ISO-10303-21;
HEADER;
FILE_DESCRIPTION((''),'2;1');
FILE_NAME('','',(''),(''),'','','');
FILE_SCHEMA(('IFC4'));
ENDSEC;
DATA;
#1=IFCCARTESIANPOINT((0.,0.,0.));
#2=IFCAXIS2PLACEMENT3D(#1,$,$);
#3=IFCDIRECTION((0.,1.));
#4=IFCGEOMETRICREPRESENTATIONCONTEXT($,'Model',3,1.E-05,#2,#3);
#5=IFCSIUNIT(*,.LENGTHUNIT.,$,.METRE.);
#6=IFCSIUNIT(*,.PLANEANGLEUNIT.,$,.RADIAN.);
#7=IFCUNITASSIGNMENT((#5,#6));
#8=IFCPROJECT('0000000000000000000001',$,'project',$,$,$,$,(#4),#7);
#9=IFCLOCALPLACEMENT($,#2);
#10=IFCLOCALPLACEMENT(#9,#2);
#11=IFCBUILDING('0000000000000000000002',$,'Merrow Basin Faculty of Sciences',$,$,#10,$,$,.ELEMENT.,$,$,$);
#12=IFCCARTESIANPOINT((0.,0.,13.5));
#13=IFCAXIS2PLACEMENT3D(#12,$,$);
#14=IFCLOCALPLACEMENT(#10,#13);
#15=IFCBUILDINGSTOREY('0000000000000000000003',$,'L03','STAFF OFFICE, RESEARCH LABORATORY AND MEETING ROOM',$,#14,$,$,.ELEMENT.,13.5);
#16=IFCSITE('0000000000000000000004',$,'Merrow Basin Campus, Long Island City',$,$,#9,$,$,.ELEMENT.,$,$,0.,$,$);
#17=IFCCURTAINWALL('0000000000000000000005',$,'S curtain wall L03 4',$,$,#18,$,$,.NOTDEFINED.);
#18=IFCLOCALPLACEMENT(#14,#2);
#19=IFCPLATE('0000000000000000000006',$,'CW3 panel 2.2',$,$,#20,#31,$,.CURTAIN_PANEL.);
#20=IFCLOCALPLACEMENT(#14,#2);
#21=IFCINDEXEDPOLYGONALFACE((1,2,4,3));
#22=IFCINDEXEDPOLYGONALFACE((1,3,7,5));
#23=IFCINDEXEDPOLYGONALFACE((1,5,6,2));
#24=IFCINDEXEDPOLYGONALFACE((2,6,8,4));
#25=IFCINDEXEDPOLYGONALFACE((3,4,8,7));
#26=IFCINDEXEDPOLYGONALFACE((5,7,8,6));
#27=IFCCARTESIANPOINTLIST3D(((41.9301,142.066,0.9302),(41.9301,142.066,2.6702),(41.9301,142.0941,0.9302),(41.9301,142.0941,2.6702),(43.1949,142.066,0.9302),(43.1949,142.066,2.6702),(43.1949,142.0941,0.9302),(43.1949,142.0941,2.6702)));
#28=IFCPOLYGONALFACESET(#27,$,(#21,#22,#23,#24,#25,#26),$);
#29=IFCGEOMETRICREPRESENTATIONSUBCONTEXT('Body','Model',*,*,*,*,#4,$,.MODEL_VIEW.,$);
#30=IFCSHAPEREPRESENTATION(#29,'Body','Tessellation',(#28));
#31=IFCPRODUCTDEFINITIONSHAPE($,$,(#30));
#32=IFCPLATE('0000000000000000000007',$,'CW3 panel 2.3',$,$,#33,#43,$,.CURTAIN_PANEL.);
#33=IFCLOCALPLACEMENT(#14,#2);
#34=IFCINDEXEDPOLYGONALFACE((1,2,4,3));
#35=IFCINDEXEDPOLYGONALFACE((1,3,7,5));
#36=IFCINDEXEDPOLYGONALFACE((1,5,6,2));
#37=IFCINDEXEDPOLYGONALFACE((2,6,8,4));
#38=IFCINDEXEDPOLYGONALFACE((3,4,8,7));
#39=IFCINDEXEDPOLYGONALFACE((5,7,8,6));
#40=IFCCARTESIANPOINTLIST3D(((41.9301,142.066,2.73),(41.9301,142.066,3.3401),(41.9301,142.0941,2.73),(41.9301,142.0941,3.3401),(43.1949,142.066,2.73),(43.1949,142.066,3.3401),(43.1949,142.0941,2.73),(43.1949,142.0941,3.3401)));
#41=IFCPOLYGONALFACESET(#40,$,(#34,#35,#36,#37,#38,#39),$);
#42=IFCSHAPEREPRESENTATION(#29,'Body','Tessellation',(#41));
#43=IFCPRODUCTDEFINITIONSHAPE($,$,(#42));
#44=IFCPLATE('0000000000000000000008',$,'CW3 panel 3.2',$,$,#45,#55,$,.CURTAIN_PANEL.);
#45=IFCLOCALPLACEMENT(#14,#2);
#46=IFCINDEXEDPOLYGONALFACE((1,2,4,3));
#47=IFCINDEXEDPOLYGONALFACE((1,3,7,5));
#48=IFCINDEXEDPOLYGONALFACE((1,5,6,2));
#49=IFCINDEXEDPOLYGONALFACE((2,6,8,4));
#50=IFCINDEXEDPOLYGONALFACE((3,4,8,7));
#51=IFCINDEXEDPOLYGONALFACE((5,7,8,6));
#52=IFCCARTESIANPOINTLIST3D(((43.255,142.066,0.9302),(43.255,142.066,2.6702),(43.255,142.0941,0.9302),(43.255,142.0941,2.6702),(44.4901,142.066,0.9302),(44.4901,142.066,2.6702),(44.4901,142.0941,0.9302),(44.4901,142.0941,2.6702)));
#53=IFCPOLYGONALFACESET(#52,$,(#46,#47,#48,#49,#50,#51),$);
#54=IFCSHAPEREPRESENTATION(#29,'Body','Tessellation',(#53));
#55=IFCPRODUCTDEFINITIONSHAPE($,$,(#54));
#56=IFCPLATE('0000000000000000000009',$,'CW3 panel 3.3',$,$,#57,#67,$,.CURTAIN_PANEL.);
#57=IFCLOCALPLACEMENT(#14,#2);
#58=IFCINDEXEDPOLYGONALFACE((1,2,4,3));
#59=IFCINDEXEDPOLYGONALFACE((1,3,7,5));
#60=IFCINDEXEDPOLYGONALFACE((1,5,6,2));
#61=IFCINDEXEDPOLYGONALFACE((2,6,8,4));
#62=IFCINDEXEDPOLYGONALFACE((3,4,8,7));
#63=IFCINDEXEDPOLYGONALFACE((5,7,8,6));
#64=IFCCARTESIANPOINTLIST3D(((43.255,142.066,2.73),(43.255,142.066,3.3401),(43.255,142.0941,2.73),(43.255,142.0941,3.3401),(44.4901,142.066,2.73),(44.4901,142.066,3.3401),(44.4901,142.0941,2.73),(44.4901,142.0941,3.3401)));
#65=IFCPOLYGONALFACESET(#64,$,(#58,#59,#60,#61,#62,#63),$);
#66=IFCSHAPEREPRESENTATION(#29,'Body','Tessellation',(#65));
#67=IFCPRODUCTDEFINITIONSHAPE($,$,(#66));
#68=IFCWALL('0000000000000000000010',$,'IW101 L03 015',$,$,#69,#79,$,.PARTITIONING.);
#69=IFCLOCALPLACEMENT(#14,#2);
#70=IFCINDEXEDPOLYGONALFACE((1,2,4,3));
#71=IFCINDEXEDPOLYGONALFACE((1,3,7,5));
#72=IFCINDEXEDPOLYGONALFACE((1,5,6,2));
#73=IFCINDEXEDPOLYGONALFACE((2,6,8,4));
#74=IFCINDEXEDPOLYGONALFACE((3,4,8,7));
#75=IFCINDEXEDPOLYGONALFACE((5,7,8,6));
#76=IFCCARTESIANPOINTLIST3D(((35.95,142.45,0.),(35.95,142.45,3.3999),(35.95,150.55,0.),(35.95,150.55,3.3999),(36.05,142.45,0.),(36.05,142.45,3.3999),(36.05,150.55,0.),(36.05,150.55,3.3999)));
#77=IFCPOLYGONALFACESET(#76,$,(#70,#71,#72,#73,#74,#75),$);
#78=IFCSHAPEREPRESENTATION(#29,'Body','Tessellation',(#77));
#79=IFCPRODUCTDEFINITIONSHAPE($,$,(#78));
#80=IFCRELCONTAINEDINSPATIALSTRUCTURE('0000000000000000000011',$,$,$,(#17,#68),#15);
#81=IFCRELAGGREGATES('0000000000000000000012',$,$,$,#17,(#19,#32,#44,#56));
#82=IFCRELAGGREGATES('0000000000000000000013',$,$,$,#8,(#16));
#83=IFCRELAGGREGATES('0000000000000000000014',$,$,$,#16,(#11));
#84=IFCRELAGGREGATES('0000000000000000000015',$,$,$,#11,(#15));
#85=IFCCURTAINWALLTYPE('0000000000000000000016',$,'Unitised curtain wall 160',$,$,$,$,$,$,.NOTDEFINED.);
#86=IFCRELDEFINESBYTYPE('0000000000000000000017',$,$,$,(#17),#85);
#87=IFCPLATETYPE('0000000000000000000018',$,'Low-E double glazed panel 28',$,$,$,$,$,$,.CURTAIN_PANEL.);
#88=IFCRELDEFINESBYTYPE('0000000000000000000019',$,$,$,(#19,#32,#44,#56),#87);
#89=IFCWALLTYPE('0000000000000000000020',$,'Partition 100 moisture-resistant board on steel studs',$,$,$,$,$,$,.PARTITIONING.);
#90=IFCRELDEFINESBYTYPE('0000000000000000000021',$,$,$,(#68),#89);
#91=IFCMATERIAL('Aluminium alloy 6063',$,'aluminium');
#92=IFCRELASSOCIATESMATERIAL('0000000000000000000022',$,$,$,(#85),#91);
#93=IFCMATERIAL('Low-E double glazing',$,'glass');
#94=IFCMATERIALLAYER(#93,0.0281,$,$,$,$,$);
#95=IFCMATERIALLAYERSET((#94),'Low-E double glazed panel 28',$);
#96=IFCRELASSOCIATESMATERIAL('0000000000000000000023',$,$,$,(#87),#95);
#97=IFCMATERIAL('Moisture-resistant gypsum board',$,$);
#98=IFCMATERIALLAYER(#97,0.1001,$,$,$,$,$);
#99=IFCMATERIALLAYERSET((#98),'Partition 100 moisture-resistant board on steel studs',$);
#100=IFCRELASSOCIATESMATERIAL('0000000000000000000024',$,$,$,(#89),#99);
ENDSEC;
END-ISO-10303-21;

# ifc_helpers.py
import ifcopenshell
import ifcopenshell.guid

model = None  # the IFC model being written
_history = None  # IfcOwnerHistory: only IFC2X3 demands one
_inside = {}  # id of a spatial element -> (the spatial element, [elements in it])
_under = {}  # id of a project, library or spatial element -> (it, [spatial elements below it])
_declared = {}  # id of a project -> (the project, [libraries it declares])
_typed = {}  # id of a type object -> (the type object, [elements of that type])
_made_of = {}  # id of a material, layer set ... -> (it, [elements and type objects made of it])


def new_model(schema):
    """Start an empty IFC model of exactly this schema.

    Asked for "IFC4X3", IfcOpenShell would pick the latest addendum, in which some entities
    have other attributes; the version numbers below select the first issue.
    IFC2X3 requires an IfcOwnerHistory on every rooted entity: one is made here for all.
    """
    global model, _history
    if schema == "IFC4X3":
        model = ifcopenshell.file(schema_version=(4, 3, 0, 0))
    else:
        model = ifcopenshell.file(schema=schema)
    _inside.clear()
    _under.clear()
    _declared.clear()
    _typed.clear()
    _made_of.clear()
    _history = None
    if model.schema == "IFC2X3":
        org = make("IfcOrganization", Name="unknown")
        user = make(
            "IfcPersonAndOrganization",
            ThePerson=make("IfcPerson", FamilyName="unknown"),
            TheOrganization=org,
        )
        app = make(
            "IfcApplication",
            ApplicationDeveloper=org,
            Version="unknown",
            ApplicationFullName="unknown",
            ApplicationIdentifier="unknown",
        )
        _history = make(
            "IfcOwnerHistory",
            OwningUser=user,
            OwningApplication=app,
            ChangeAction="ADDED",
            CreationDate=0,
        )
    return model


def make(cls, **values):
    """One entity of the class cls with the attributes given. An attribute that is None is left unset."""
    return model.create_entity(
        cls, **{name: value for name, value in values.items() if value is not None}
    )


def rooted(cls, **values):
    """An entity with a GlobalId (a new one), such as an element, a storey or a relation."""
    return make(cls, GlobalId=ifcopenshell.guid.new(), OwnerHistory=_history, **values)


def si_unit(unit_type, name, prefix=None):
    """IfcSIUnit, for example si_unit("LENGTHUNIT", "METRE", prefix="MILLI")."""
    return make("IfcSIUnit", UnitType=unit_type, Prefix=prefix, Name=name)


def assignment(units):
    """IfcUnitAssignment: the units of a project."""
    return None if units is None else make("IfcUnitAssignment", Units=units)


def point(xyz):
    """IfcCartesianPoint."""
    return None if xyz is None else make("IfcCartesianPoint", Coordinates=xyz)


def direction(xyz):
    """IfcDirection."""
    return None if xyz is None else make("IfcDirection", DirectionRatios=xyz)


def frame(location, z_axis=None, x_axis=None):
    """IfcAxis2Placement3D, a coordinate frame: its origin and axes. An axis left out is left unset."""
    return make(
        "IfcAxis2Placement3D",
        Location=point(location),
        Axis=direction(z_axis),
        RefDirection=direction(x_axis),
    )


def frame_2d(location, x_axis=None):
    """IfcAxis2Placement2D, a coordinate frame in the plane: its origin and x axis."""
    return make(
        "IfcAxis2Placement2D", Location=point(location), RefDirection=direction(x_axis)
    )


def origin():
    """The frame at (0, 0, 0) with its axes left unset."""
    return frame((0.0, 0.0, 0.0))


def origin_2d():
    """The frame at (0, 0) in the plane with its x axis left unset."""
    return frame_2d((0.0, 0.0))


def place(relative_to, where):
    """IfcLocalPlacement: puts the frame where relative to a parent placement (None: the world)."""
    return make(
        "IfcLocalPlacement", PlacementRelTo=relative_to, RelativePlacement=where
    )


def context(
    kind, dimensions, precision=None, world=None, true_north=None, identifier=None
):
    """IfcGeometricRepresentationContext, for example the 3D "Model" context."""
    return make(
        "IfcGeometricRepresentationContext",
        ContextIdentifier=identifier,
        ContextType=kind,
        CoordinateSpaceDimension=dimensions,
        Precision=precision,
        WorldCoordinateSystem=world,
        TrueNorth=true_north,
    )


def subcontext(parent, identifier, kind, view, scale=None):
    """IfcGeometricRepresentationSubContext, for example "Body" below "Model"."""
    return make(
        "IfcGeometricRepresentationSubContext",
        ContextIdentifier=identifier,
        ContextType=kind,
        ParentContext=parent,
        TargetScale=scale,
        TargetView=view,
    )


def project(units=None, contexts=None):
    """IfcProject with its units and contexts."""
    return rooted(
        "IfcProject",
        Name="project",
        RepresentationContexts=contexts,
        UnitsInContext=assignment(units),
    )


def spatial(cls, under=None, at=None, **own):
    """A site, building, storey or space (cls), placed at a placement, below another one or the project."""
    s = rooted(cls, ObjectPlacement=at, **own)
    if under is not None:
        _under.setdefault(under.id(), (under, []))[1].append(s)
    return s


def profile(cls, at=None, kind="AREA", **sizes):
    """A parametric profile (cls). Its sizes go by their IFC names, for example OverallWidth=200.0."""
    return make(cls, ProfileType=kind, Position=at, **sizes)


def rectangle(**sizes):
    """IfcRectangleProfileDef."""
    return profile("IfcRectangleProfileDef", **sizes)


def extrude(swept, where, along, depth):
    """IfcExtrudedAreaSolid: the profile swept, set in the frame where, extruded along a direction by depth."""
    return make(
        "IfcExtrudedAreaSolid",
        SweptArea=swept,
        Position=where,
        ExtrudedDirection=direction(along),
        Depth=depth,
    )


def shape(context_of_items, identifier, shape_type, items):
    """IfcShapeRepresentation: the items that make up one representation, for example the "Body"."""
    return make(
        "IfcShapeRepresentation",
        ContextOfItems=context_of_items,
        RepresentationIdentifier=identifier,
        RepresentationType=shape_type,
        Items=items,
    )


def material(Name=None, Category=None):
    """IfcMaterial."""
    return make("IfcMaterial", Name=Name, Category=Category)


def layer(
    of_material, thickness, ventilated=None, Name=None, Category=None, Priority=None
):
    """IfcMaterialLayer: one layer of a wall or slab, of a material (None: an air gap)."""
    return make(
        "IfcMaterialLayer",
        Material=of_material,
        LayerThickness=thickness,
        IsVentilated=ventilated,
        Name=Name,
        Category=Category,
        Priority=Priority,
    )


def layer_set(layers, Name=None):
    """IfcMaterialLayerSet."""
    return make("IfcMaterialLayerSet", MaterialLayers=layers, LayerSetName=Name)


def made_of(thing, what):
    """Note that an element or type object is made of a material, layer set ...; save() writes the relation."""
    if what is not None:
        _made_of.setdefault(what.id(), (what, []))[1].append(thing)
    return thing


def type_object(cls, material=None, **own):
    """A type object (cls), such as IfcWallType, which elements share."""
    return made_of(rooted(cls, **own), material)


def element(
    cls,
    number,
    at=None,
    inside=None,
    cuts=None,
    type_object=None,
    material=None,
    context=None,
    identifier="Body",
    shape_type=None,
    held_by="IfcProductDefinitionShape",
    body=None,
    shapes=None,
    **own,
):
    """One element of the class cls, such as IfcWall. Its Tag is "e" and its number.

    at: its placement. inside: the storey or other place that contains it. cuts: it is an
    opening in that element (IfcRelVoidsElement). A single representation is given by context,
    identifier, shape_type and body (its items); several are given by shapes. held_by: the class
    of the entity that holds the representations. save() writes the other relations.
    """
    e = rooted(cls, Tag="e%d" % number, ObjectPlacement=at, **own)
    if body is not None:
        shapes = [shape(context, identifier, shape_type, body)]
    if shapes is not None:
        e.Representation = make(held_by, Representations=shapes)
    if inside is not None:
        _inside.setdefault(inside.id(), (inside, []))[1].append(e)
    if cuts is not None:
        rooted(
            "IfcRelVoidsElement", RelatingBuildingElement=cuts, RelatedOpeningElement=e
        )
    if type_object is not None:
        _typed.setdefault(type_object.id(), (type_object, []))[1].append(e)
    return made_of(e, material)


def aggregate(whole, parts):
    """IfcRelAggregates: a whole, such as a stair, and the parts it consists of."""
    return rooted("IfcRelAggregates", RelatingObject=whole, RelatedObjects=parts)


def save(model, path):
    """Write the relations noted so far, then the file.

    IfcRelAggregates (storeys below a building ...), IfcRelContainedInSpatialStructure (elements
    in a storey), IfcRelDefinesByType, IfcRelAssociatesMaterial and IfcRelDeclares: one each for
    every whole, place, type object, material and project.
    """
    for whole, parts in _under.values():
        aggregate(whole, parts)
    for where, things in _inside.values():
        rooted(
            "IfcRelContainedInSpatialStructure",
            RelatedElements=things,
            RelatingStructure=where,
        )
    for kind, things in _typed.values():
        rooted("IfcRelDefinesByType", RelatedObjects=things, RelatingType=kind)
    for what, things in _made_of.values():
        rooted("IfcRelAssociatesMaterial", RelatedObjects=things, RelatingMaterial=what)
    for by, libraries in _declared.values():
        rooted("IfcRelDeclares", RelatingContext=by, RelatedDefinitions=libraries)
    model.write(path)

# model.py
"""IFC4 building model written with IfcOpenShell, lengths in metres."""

from ifc_helpers import new_model, si_unit, direction, frame, frame_2d, origin, origin_2d, place, context, subcontext, project, spatial, rectangle, extrude, material, layer, layer_set, type_object, element, aggregate, save


model = new_model("IFC4")

# Units and contexts
model_context = context("Model", 3, precision=1e-05, world=origin(), true_north=direction((0.0, 1.0)))
body_context = subcontext(model_context, "Body", "Model", "MODEL_VIEW")
ifc_project = project(units=[si_unit("LENGTHUNIT", "METRE"), si_unit("PLANEANGLEUNIT", "RADIAN")], contexts=[model_context])

# Site, building, storey
site_placement = place(None, origin())
site = spatial("IfcSite", under=ifc_project, at=site_placement, Name="Merrow Basin Campus, Long Island City", CompositionType="ELEMENT", RefElevation=0.0)
building_placement = place(site_placement, origin())
building = spatial("IfcBuilding", under=site, at=building_placement, Name="Merrow Basin Faculty of Sciences", CompositionType="ELEMENT")
storey_placement = place(building_placement, frame((0.0, 0.0, 13.5)))
storey = spatial("IfcBuildingStorey", under=building, at=storey_placement, Name="L03", Description="STAFF OFFICE, RESEARCH LABORATORY AND MEETING ROOM", CompositionType="ELEMENT", Elevation=13.5)

# Curtain wall
ifc_material_1 = material(Name="Aluminium alloy 6063", Category="aluminium")
curtain_wall_type = type_object("IfcCurtainWallType", Name="Unitised curtain wall 160", PredefinedType="NOTDEFINED", material=ifc_material_1)
curtain_wall_placement = place(storey_placement, origin())
curtain_wall = element("IfcCurtainWall", 1, at=curtain_wall_placement, inside=storey, type_object=curtain_wall_type, Name="S curtain wall L03 4", PredefinedType="NOTDEFINED")

# Plates
ifc_material_2 = material(Name="Low-E double glazing", Category="glass")
ifc_layer_1 = layer(ifc_material_2, 0.0281)
ifc_layer_set_1 = layer_set([ifc_layer_1], Name="Low-E double glazed panel 28")
plate_type_1 = type_object("IfcPlateType", Name="Low-E double glazed panel 28", PredefinedType="CURTAIN_PANEL", material=ifc_layer_set_1)
plate_1_placement = place(storey_placement, frame((42.5625, 142.0801, 0.9302), z_axis=(0.0, 0.0, 1.0), x_axis=(1.0, 0.0, 0.0)))
plate_1 = element("IfcPlate", 2, at=plate_1_placement, type_object=plate_type_1, Name="CW3 panel 2.2", PredefinedType="CURTAIN_PANEL", context=body_context, shape_type="SweptSolid", body=[
    extrude(rectangle(XDim=1.2649, YDim=0.0281, at=origin_2d()), origin(), (0.0, 0.0, 1.0), 1.74),
])
plate_2_placement = place(storey_placement, frame((42.5625, 142.0801, 2.73), z_axis=(0.0, 0.0, 1.0), x_axis=(1.0, 0.0, 0.0)))
plate_2 = element("IfcPlate", 3, at=plate_2_placement, type_object=plate_type_1, Name="CW3 panel 2.3", PredefinedType="CURTAIN_PANEL", context=body_context, shape_type="SweptSolid", body=[
    extrude(rectangle(XDim=1.2649, YDim=0.0281, at=origin_2d()), origin(), (0.0, 0.0, 1.0), 0.6101),
])
plate_3_placement = place(storey_placement, frame((43.8726, 142.0801, 0.9302), z_axis=(0.0, 0.0, 1.0), x_axis=(1.0, 0.0, 0.0)))
plate_3 = element("IfcPlate", 4, at=plate_3_placement, type_object=plate_type_1, Name="CW3 panel 3.2", PredefinedType="CURTAIN_PANEL", context=body_context, shape_type="SweptSolid", body=[
    extrude(rectangle(XDim=1.2351, YDim=0.0281, at=origin_2d()), origin(), (0.0, 0.0, 1.0), 1.74),
])
plate_4_placement = place(storey_placement, frame((43.8726, 142.0801, 2.73), z_axis=(0.0, 0.0, 1.0), x_axis=(1.0, 0.0, 0.0)))
plate_4 = element("IfcPlate", 5, at=plate_4_placement, type_object=plate_type_1, Name="CW3 panel 3.3", PredefinedType="CURTAIN_PANEL", context=body_context, shape_type="SweptSolid", body=[
    extrude(rectangle(XDim=1.2351, YDim=0.0281, at=origin_2d()), origin(), (0.0, 0.0, 1.0), 0.6101),
])
aggregate(curtain_wall, [plate_1, plate_2, plate_3, plate_4])

# Wall
ifc_material_3 = material(Name="Moisture-resistant gypsum board")
ifc_layer_2 = layer(ifc_material_3, 0.1001)
ifc_layer_set_2 = layer_set([ifc_layer_2], Name="Partition 100 moisture-resistant board on steel studs")
wall_type_1 = type_object("IfcWallType", Name="Partition 100 moisture-resistant board on steel studs", PredefinedType="PARTITIONING", material=ifc_layer_set_2)
wall_1_placement = place(storey_placement, frame((36.0, 142.45, 0.0), z_axis=(0.0, 0.0, 1.0), x_axis=(0.0, 1.0, 0.0)))
element("IfcWall", 6, at=wall_1_placement, inside=storey, type_object=wall_type_1, Name="IW101 L03 015", PredefinedType="PARTITIONING", context=body_context, shape_type="SweptSolid", body=[
    extrude(rectangle(XDim=8.1001, YDim=0.1001, at=frame_2d((4.05, 0.0))), origin(), (0.0, 0.0, 1.0), 3.3999),
])

save(model, "model.ifc")
